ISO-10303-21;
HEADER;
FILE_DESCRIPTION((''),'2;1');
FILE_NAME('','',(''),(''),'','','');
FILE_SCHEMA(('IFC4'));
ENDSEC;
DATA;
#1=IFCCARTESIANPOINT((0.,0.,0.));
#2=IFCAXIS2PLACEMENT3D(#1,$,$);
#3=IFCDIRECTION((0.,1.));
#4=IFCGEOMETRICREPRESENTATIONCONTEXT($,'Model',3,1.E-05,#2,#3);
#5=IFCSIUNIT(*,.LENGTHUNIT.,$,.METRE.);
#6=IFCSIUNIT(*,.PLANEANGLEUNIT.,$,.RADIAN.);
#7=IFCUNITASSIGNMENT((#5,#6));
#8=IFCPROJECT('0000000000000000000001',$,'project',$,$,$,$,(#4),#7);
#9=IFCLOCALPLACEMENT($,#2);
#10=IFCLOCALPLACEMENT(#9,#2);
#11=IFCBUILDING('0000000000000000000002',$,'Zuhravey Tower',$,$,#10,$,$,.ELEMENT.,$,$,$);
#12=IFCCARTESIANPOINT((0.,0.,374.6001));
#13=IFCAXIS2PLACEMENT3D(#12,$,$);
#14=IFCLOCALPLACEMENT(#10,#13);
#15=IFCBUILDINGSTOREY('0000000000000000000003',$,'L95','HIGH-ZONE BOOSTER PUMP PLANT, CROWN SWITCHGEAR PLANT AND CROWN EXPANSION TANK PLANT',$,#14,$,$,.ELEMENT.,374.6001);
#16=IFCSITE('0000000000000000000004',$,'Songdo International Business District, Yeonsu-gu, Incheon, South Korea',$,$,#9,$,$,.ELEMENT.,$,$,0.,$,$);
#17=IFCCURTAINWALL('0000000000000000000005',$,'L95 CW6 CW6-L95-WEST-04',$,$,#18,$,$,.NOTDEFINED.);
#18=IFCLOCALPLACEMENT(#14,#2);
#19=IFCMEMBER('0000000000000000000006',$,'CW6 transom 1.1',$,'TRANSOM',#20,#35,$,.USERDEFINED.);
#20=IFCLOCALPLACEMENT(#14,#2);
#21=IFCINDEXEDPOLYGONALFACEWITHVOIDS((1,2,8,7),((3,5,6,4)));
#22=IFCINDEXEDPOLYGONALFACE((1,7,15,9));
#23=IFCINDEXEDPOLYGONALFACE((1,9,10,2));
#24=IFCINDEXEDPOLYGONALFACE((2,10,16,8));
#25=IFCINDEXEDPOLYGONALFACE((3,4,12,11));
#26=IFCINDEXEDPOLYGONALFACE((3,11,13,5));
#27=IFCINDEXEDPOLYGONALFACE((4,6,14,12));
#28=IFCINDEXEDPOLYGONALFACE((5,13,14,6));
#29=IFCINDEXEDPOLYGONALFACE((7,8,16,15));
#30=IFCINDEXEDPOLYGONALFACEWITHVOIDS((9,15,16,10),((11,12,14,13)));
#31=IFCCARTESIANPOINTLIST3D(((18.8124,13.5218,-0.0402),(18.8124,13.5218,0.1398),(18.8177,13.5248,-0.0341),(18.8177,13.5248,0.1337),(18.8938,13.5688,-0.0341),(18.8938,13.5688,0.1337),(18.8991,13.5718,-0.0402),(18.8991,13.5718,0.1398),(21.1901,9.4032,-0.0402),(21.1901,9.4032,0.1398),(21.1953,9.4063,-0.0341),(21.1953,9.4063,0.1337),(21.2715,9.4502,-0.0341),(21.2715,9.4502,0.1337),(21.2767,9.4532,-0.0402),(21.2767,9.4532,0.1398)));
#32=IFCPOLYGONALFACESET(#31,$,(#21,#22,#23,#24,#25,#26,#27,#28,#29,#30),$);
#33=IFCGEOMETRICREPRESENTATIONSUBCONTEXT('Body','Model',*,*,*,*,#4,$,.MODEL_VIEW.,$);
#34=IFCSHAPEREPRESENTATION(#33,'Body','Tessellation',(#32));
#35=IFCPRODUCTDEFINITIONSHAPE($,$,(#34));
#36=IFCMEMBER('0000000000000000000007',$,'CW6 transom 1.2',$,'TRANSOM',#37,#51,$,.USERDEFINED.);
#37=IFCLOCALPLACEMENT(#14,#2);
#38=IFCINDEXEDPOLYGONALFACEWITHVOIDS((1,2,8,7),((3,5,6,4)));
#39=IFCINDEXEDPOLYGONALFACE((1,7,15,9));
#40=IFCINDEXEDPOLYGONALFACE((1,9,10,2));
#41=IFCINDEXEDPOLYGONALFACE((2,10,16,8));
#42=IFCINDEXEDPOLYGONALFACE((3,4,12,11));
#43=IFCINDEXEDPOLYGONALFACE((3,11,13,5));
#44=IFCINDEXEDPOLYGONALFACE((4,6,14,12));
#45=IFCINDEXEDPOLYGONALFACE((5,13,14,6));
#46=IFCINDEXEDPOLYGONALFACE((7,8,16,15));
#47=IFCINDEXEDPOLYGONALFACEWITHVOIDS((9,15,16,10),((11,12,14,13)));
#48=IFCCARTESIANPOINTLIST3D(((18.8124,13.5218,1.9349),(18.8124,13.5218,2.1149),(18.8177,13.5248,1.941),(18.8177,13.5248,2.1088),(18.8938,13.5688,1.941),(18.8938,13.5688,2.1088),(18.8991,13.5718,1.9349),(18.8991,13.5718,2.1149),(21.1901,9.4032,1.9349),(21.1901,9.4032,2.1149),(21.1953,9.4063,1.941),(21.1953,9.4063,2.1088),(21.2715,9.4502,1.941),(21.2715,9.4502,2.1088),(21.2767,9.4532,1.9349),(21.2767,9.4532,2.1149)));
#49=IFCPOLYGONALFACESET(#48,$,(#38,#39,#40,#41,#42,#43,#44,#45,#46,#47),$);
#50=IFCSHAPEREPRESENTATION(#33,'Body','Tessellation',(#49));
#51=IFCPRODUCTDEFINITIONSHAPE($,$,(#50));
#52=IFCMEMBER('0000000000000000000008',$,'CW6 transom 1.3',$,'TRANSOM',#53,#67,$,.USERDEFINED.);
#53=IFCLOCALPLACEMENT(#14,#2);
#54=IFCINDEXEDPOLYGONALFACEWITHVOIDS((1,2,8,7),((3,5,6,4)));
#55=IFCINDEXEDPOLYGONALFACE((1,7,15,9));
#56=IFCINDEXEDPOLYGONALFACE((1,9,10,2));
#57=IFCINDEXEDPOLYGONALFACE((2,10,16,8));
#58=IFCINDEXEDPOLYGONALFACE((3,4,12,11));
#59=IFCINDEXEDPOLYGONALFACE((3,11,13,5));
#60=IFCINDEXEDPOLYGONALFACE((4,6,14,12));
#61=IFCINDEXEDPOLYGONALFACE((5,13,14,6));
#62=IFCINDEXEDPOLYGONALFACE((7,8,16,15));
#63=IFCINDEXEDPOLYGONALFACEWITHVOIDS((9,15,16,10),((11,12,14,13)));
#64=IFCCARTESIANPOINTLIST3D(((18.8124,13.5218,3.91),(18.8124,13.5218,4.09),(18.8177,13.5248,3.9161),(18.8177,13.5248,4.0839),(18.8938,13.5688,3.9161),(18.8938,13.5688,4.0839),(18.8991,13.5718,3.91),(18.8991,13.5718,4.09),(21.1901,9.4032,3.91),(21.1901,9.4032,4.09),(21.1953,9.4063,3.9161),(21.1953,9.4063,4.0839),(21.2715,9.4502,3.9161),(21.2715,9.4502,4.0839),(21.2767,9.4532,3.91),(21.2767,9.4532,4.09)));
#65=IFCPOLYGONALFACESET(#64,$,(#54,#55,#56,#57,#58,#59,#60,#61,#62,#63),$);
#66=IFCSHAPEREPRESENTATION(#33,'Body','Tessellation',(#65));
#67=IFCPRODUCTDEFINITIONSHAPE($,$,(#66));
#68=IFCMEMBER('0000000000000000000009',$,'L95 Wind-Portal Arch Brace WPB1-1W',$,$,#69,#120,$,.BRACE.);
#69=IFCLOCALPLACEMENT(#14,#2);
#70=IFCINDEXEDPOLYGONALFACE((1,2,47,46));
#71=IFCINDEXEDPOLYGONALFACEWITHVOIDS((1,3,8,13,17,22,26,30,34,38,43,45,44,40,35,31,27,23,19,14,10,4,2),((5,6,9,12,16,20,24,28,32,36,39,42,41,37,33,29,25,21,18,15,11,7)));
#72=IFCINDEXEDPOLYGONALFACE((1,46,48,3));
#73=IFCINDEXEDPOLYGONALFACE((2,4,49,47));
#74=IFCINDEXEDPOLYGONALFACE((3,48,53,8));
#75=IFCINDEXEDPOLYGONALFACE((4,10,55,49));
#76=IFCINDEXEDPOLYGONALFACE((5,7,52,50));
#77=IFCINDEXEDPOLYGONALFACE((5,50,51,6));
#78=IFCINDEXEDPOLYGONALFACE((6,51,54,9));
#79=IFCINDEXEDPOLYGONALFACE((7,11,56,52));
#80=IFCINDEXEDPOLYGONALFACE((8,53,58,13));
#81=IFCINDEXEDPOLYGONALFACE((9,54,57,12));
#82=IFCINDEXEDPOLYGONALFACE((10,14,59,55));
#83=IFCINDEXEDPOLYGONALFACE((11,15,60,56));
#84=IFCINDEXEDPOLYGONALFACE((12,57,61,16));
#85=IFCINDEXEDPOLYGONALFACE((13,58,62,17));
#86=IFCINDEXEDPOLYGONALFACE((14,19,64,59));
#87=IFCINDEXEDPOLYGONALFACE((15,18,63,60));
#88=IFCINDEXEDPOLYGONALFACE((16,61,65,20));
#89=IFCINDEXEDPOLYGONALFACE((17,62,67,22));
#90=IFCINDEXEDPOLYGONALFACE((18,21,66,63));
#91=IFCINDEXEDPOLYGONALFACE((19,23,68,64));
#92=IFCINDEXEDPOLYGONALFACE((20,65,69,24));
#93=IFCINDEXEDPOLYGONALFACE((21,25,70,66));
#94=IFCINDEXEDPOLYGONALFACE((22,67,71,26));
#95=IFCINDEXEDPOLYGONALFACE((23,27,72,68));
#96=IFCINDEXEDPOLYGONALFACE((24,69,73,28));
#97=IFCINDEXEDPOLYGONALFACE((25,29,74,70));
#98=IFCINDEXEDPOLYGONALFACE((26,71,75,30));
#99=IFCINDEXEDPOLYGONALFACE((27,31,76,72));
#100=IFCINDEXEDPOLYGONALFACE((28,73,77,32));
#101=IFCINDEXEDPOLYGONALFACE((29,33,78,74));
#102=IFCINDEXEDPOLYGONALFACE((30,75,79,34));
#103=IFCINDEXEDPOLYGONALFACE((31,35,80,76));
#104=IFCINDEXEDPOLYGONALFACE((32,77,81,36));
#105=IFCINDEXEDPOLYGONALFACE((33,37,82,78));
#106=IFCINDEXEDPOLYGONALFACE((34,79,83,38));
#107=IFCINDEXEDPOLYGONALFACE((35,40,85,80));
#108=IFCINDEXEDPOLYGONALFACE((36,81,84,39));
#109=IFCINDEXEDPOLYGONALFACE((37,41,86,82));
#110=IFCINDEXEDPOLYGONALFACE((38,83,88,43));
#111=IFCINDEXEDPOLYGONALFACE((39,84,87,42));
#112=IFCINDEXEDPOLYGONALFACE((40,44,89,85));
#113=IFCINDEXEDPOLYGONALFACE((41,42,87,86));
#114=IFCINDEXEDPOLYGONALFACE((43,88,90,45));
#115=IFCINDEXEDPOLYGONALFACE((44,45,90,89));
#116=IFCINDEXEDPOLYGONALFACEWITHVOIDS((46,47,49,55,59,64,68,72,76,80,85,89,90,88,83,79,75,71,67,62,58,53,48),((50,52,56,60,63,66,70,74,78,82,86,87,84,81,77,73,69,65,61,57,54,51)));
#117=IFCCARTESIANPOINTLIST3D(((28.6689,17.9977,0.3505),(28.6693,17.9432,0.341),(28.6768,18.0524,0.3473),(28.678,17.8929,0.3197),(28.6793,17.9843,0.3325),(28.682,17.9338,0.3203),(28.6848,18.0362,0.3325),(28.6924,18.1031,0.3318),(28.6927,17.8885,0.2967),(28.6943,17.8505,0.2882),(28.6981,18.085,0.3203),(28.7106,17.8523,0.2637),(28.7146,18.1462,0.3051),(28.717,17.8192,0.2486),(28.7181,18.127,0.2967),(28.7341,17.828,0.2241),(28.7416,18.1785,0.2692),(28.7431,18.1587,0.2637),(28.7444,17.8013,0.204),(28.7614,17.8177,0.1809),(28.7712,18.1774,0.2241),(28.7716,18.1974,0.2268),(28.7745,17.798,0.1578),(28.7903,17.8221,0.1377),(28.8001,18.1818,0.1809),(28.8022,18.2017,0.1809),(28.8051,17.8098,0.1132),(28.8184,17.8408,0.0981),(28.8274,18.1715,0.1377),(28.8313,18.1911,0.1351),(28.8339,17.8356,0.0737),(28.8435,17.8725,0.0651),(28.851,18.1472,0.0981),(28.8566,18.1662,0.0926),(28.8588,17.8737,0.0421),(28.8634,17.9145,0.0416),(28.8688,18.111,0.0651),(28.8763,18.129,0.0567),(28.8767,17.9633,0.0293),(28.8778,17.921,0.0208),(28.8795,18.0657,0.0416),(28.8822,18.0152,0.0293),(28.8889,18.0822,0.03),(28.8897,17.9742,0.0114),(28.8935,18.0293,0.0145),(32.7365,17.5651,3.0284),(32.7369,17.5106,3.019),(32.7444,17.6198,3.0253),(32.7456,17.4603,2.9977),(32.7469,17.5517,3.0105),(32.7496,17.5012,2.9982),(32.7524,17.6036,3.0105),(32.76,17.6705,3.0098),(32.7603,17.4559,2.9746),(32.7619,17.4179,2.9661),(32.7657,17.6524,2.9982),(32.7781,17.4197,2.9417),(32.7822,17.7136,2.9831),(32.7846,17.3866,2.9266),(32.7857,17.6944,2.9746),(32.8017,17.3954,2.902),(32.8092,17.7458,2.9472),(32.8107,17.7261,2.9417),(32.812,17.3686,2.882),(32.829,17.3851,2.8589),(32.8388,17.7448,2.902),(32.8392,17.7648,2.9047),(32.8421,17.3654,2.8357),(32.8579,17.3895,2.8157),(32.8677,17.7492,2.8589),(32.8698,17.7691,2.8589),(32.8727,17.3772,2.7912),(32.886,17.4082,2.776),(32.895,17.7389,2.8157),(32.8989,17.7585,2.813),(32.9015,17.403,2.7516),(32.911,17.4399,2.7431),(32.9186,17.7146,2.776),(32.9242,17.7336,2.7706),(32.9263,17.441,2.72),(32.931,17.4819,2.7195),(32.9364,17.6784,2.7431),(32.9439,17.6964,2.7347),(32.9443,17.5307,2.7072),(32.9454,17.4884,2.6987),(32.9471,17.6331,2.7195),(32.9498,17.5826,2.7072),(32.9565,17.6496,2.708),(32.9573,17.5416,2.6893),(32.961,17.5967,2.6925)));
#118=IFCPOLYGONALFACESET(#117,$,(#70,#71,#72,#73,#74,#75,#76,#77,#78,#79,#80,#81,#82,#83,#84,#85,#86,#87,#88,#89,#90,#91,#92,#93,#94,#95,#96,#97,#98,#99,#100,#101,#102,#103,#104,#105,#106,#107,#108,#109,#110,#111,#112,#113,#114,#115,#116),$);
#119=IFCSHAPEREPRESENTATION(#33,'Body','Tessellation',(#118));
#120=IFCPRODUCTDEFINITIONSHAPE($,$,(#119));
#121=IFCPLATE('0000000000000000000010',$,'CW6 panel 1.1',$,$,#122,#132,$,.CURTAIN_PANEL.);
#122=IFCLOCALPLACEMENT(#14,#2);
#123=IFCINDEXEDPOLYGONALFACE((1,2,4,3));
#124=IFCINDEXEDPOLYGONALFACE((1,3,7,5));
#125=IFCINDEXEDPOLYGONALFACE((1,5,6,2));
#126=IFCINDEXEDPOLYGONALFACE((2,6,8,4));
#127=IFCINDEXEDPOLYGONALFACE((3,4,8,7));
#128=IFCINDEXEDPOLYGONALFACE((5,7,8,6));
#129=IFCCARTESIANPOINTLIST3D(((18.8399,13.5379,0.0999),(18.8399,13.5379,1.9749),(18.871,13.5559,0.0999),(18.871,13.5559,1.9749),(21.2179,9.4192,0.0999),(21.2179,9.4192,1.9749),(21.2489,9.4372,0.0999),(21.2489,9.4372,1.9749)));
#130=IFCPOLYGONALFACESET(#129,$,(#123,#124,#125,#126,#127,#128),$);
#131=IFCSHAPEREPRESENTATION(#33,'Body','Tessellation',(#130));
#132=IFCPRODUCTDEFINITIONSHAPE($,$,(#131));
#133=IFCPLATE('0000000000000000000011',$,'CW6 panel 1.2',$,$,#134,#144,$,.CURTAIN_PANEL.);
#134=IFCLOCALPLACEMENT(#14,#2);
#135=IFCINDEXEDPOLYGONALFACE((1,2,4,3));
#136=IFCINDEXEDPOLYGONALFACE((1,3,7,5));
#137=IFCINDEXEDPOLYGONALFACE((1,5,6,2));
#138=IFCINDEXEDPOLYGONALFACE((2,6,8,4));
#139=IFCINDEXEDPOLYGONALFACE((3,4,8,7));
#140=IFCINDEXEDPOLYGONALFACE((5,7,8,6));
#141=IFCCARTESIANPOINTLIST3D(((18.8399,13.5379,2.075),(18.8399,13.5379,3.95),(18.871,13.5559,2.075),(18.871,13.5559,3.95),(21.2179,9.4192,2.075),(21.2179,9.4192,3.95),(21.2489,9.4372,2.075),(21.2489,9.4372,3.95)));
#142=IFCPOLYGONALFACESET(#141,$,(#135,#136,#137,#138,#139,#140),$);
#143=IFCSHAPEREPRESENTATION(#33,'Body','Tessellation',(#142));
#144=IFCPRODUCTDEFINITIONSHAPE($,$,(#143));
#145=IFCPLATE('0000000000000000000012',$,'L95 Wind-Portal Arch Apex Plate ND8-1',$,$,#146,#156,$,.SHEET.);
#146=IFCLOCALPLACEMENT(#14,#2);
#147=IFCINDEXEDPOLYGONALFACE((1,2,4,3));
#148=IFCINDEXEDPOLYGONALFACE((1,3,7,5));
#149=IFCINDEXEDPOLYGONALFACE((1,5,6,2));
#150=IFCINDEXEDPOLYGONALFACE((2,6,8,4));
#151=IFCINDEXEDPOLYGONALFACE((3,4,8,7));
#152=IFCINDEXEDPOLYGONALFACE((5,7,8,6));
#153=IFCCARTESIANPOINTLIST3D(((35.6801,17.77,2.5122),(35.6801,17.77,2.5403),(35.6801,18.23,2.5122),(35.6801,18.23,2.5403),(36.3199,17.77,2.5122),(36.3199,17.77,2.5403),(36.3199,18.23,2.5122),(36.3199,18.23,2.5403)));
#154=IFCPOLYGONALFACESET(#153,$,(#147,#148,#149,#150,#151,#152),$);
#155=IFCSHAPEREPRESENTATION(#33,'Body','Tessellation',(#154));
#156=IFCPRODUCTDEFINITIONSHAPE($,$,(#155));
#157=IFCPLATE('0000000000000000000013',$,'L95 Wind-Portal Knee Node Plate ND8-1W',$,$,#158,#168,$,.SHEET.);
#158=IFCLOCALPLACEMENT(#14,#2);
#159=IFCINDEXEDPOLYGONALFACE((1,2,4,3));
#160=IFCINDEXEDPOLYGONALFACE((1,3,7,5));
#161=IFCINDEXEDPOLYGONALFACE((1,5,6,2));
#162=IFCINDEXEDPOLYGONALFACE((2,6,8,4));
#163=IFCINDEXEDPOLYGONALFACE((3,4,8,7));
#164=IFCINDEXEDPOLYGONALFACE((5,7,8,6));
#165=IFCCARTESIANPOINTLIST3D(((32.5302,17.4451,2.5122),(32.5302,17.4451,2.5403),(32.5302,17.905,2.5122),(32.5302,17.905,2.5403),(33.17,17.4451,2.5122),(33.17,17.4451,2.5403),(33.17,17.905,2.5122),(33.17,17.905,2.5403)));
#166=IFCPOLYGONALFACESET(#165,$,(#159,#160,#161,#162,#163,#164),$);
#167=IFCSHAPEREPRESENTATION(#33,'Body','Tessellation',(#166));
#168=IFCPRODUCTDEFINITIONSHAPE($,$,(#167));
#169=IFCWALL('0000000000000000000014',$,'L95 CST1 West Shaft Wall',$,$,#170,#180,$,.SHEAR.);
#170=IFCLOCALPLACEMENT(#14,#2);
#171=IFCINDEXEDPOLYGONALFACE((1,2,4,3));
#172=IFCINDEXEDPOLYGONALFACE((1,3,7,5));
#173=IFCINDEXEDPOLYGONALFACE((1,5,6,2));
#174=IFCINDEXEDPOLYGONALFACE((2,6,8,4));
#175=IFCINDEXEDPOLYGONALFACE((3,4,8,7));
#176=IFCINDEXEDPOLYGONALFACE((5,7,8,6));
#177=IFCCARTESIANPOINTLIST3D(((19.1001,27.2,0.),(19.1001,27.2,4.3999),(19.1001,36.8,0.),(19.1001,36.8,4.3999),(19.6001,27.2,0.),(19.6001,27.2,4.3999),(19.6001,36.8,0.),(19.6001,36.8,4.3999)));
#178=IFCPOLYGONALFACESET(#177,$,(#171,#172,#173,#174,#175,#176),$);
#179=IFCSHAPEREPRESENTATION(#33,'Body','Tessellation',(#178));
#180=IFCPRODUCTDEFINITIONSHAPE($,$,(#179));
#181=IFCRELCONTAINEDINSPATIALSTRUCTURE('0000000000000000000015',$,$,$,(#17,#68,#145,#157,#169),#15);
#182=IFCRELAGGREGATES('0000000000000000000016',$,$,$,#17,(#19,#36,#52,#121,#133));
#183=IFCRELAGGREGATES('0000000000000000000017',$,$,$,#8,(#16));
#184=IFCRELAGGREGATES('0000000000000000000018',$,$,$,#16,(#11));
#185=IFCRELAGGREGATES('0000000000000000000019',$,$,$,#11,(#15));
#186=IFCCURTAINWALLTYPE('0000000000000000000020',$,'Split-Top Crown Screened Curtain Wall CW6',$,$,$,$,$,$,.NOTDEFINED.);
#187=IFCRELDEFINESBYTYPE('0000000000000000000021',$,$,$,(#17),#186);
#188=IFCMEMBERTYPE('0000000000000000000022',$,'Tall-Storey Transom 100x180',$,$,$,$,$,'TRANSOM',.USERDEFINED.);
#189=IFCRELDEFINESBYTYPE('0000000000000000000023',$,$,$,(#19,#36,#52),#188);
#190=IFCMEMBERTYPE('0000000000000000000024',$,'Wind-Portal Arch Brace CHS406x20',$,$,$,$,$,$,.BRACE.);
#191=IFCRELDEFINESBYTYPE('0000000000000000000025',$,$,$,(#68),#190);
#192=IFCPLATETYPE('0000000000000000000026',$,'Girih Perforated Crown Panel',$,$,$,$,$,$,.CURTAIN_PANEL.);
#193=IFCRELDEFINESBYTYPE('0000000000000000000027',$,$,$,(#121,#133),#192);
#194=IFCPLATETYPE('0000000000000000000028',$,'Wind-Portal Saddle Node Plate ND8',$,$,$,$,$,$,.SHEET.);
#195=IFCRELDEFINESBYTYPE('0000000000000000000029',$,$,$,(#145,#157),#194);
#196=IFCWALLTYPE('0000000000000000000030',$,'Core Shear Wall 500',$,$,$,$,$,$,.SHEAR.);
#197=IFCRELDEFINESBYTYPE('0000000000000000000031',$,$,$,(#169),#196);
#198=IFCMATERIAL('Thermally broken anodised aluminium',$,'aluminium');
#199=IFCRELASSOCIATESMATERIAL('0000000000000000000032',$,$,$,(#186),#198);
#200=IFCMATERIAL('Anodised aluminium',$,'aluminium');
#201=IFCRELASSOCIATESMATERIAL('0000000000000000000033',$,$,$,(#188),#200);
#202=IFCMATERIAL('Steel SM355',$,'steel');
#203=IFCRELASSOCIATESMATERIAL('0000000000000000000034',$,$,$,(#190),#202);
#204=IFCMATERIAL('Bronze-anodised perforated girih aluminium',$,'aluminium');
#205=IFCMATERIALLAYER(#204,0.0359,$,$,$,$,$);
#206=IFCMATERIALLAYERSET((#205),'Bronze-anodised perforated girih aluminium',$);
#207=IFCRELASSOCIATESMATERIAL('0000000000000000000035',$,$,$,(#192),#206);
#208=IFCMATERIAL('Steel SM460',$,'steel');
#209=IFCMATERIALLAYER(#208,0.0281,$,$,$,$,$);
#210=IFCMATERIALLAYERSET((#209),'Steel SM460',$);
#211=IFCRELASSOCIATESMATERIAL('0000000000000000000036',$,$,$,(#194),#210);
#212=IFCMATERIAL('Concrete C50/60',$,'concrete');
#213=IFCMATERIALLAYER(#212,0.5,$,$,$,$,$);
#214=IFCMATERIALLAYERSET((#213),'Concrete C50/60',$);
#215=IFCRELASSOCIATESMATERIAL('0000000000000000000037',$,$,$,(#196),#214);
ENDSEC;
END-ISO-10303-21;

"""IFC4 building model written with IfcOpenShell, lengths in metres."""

from ifc_helpers import new_model, si_unit, direction, frame, frame_2d, origin, origin_2d, place, context, subcontext, project, spatial, rectangle, hollow_rectangle, hollow_circle, extrude, material, layer, layer_set, material_profile, profile_set, type_object, element, aggregate, save


model = new_model("IFC4")

# Units and contexts
model_context = context("Model", 3, precision=1e-05, world=origin(), true_north=direction((0.0, 1.0)))
body_context = subcontext(model_context, "Body", "Model", "MODEL_VIEW")
ifc_project = project(units=[si_unit("LENGTHUNIT", "METRE"), si_unit("PLANEANGLEUNIT", "RADIAN")], contexts=[model_context])

# Site, building, storey
site_placement = place(None, origin())
site = spatial("IfcSite", under=ifc_project, at=site_placement, Name="Songdo International Business District, Yeonsu-gu, Incheon, South Korea", CompositionType="ELEMENT", RefElevation=0.0)
building_placement = place(site_placement, origin())
building = spatial("IfcBuilding", under=site, at=building_placement, Name="Zuhravey Tower", CompositionType="ELEMENT")
storey_placement = place(building_placement, frame((0.0, 0.0, 374.6001)))
storey = spatial("IfcBuildingStorey", under=building, at=storey_placement, Name="L95", Description="HIGH-ZONE BOOSTER PUMP PLANT, CROWN SWITCHGEAR PLANT AND CROWN EXPANSION TANK PLANT", CompositionType="ELEMENT", Elevation=374.6001)

# Shared definitions
ifc_material_1 = material(Name="Steel SM355", Category="steel")

# Shared definitions
ifc_material_2 = material(Name="Steel SM460", Category="steel")

# Curtain wall
ifc_material_3 = material(Name="Thermally broken anodised aluminium", Category="aluminium")
curtain_wall_type = type_object("IfcCurtainWallType", Name="Split-Top Crown Screened Curtain Wall CW6", PredefinedType="NOTDEFINED", material=ifc_material_3)
curtain_wall_placement = place(storey_placement, origin())
curtain_wall = element("IfcCurtainWall", 1, at=curtain_wall_placement, inside=storey, type_object=curtain_wall_type, Name="L95 CW6 CW6-L95-WEST-04", PredefinedType="NOTDEFINED")
ifc_material_4 = material(Name="Anodised aluminium", Category="aluminium")

# Members
ifc_material_profile_1 = material_profile(ifc_material_4, hollow_rectangle(XDim=0.1001, YDim=0.1799, WallThickness=0.0061, at=origin_2d()), Name="ALU-RHS-100x180x6")
ifc_profile_set_1 = profile_set([ifc_material_profile_1], Name="Anodised aluminium")
member_type_1 = type_object("IfcMemberType", Name="Tall-Storey Transom 100x180", ElementType="TRANSOM", PredefinedType="USERDEFINED", material=ifc_profile_set_1)
member_1_placement = place(storey_placement, frame((21.2334, 9.4282, 0.0498), z_axis=(-0.499965, 0.866045, 0.0), x_axis=(-0.866045, -0.499965, 0.0)))
member_1 = element("IfcMember", 2, at=member_1_placement, type_object=member_type_1, Name="CW6 transom 1.1", ObjectType="TRANSOM", PredefinedType="USERDEFINED", context=body_context, shape_type="SweptSolid", body=[
    extrude(hollow_rectangle(XDim=0.1001, YDim=0.1799, WallThickness=0.0061, at=origin_2d()), origin(), (0.0, 0.0, 1.0), 4.7556),
])
member_2_placement = place(storey_placement, frame((21.2334, 9.4282, 2.0249), z_axis=(-0.499965, 0.866045, 0.0), x_axis=(-0.866045, -0.499965, 0.0)))
member_2 = element("IfcMember", 3, at=member_2_placement, type_object=member_type_1, Name="CW6 transom 1.2", ObjectType="TRANSOM", PredefinedType="USERDEFINED", context=body_context, shape_type="SweptSolid", body=[
    extrude(hollow_rectangle(XDim=0.1001, YDim=0.1799, WallThickness=0.0061, at=origin_2d()), origin(), (0.0, 0.0, 1.0), 4.7556),
])
member_3_placement = place(storey_placement, frame((21.2334, 9.4282, 4.0), z_axis=(-0.499965, 0.866045, 0.0), x_axis=(-0.866045, -0.499965, 0.0)))
member_3 = element("IfcMember", 4, at=member_3_placement, type_object=member_type_1, Name="CW6 transom 1.3", ObjectType="TRANSOM", PredefinedType="USERDEFINED", context=body_context, shape_type="SweptSolid", body=[
    extrude(hollow_rectangle(XDim=0.1001, YDim=0.1799, WallThickness=0.0061, at=origin_2d()), origin(), (0.0, 0.0, 1.0), 4.7556),
])
ifc_material_profile_2 = material_profile(ifc_material_1, hollow_circle(Radius=0.2031, WallThickness=0.02, at=origin_2d()), Name="CHS-406.4x20")
ifc_profile_set_2 = profile_set([ifc_material_profile_2], Name="Steel SM355")
member_type_2 = type_object("IfcMemberType", Name="Wind-Portal Arch Brace CHS406x20", PredefinedType="BRACE", material=ifc_profile_set_2)
member_4_placement = place(storey_placement, frame((28.7808, 17.9998, 0.1809), z_axis=(0.831961, -0.088484, 0.547733), x_axis=(0.10576, 0.994392, 0.0)))
element("IfcMember", 5, at=member_4_placement, inside=storey, type_object=member_type_2, Name="L95 Wind-Portal Arch Brace WPB1-1W", PredefinedType="BRACE", context=body_context, shape_type="SweptSolid", body=[
    extrude(hollow_circle(Radius=0.2031, WallThickness=0.02, at=origin_2d()), origin(), (0.0, 0.0, 1.0), 4.8892),
])

# Plates
ifc_material_5 = material(Name="Bronze-anodised perforated girih aluminium", Category="aluminium")
ifc_layer_1 = layer(ifc_material_5, 0.0359)
ifc_layer_set_1 = layer_set([ifc_layer_1], Name="Bronze-anodised perforated girih aluminium")
plate_type_1 = type_object("IfcPlateType", Name="Girih Perforated Crown Panel", PredefinedType="CURTAIN_PANEL", material=ifc_layer_set_1)
plate_1_placement = place(storey_placement, frame((20.0444, 11.4875, 0.0999), z_axis=(0.0, 0.0, 1.0), x_axis=(-0.499997, 0.866027, 0.0)))
plate_1 = element("IfcPlate", 6, at=plate_1_placement, type_object=plate_type_1, Name="CW6 panel 1.1", PredefinedType="CURTAIN_PANEL", context=body_context, shape_type="SweptSolid", body=[
    extrude(rectangle(XDim=4.7559, YDim=0.0359, at=origin_2d()), origin(), (0.0, 0.0, 1.0), 1.875),
])
plate_2_placement = place(storey_placement, frame((20.0444, 11.4875, 2.075), z_axis=(0.0, 0.0, 1.0), x_axis=(-0.499997, 0.866027, 0.0)))
plate_2 = element("IfcPlate", 7, at=plate_2_placement, type_object=plate_type_1, Name="CW6 panel 1.2", PredefinedType="CURTAIN_PANEL", context=body_context, shape_type="SweptSolid", body=[
    extrude(rectangle(XDim=4.7559, YDim=0.0359, at=origin_2d()), origin(), (0.0, 0.0, 1.0), 1.875),
])
aggregate(curtain_wall, [member_1, member_2, member_3, plate_1, plate_2])

# Plates
ifc_layer_2 = layer(ifc_material_2, 0.0281)
ifc_layer_set_2 = layer_set([ifc_layer_2], Name="Steel SM460")
plate_type_2 = type_object("IfcPlateType", Name="Wind-Portal Saddle Node Plate ND8", PredefinedType="SHEET", material=ifc_layer_set_2)
for number, where, z_axis, x_axis, name in (
    (8, (36.0, 18.0, 2.5122), (0.0, 0.0, 1.0), (1.0, 0.0, 0.0), "L95 Wind-Portal Arch Apex Plate ND8-1"),
    (9, (32.8501, 17.675, 2.5122), (0.0, 0.0, 1.0), (1.0, 0.0, 0.0), "L95 Wind-Portal Knee Node Plate ND8-1W"),
):
    element("IfcPlate", number, at=place(storey_placement, frame(where, z_axis=z_axis, x_axis=x_axis)), inside=storey, type_object=plate_type_2, Name=name, PredefinedType="SHEET", context=body_context, shape_type="SweptSolid", body=[
        extrude(rectangle(XDim=0.6399, YDim=0.46, at=origin_2d()), origin(), (0.0, 0.0, 1.0), 0.0281),
    ])

# Shared definitions
ifc_material_6 = material(Name="Concrete C50/60", Category="concrete")
ifc_layer_3 = layer(ifc_material_6, 0.5)
ifc_layer_set_3 = layer_set([ifc_layer_3], Name="Concrete C50/60")
wall_type_1 = type_object("IfcWallType", Name="Core Shear Wall 500", PredefinedType="SHEAR", material=ifc_layer_set_3)

# Wall
wall_1_placement = place(storey_placement, frame((19.3501, 27.2, 0.0), z_axis=(0.0, 0.0, 1.0), x_axis=(0.0, 1.0, 0.0)))
element("IfcWall", 10, at=wall_1_placement, inside=storey, type_object=wall_type_1, Name="L95 CST1 West Shaft Wall", PredefinedType="SHEAR", context=body_context, shape_type="SweptSolid", body=[
    extrude(rectangle(XDim=9.6001, YDim=0.5, at=frame_2d((4.8, 0.0))), origin(), (0.0, 0.0, 1.0), 4.3999),
])

save(model, "model.ifc")
